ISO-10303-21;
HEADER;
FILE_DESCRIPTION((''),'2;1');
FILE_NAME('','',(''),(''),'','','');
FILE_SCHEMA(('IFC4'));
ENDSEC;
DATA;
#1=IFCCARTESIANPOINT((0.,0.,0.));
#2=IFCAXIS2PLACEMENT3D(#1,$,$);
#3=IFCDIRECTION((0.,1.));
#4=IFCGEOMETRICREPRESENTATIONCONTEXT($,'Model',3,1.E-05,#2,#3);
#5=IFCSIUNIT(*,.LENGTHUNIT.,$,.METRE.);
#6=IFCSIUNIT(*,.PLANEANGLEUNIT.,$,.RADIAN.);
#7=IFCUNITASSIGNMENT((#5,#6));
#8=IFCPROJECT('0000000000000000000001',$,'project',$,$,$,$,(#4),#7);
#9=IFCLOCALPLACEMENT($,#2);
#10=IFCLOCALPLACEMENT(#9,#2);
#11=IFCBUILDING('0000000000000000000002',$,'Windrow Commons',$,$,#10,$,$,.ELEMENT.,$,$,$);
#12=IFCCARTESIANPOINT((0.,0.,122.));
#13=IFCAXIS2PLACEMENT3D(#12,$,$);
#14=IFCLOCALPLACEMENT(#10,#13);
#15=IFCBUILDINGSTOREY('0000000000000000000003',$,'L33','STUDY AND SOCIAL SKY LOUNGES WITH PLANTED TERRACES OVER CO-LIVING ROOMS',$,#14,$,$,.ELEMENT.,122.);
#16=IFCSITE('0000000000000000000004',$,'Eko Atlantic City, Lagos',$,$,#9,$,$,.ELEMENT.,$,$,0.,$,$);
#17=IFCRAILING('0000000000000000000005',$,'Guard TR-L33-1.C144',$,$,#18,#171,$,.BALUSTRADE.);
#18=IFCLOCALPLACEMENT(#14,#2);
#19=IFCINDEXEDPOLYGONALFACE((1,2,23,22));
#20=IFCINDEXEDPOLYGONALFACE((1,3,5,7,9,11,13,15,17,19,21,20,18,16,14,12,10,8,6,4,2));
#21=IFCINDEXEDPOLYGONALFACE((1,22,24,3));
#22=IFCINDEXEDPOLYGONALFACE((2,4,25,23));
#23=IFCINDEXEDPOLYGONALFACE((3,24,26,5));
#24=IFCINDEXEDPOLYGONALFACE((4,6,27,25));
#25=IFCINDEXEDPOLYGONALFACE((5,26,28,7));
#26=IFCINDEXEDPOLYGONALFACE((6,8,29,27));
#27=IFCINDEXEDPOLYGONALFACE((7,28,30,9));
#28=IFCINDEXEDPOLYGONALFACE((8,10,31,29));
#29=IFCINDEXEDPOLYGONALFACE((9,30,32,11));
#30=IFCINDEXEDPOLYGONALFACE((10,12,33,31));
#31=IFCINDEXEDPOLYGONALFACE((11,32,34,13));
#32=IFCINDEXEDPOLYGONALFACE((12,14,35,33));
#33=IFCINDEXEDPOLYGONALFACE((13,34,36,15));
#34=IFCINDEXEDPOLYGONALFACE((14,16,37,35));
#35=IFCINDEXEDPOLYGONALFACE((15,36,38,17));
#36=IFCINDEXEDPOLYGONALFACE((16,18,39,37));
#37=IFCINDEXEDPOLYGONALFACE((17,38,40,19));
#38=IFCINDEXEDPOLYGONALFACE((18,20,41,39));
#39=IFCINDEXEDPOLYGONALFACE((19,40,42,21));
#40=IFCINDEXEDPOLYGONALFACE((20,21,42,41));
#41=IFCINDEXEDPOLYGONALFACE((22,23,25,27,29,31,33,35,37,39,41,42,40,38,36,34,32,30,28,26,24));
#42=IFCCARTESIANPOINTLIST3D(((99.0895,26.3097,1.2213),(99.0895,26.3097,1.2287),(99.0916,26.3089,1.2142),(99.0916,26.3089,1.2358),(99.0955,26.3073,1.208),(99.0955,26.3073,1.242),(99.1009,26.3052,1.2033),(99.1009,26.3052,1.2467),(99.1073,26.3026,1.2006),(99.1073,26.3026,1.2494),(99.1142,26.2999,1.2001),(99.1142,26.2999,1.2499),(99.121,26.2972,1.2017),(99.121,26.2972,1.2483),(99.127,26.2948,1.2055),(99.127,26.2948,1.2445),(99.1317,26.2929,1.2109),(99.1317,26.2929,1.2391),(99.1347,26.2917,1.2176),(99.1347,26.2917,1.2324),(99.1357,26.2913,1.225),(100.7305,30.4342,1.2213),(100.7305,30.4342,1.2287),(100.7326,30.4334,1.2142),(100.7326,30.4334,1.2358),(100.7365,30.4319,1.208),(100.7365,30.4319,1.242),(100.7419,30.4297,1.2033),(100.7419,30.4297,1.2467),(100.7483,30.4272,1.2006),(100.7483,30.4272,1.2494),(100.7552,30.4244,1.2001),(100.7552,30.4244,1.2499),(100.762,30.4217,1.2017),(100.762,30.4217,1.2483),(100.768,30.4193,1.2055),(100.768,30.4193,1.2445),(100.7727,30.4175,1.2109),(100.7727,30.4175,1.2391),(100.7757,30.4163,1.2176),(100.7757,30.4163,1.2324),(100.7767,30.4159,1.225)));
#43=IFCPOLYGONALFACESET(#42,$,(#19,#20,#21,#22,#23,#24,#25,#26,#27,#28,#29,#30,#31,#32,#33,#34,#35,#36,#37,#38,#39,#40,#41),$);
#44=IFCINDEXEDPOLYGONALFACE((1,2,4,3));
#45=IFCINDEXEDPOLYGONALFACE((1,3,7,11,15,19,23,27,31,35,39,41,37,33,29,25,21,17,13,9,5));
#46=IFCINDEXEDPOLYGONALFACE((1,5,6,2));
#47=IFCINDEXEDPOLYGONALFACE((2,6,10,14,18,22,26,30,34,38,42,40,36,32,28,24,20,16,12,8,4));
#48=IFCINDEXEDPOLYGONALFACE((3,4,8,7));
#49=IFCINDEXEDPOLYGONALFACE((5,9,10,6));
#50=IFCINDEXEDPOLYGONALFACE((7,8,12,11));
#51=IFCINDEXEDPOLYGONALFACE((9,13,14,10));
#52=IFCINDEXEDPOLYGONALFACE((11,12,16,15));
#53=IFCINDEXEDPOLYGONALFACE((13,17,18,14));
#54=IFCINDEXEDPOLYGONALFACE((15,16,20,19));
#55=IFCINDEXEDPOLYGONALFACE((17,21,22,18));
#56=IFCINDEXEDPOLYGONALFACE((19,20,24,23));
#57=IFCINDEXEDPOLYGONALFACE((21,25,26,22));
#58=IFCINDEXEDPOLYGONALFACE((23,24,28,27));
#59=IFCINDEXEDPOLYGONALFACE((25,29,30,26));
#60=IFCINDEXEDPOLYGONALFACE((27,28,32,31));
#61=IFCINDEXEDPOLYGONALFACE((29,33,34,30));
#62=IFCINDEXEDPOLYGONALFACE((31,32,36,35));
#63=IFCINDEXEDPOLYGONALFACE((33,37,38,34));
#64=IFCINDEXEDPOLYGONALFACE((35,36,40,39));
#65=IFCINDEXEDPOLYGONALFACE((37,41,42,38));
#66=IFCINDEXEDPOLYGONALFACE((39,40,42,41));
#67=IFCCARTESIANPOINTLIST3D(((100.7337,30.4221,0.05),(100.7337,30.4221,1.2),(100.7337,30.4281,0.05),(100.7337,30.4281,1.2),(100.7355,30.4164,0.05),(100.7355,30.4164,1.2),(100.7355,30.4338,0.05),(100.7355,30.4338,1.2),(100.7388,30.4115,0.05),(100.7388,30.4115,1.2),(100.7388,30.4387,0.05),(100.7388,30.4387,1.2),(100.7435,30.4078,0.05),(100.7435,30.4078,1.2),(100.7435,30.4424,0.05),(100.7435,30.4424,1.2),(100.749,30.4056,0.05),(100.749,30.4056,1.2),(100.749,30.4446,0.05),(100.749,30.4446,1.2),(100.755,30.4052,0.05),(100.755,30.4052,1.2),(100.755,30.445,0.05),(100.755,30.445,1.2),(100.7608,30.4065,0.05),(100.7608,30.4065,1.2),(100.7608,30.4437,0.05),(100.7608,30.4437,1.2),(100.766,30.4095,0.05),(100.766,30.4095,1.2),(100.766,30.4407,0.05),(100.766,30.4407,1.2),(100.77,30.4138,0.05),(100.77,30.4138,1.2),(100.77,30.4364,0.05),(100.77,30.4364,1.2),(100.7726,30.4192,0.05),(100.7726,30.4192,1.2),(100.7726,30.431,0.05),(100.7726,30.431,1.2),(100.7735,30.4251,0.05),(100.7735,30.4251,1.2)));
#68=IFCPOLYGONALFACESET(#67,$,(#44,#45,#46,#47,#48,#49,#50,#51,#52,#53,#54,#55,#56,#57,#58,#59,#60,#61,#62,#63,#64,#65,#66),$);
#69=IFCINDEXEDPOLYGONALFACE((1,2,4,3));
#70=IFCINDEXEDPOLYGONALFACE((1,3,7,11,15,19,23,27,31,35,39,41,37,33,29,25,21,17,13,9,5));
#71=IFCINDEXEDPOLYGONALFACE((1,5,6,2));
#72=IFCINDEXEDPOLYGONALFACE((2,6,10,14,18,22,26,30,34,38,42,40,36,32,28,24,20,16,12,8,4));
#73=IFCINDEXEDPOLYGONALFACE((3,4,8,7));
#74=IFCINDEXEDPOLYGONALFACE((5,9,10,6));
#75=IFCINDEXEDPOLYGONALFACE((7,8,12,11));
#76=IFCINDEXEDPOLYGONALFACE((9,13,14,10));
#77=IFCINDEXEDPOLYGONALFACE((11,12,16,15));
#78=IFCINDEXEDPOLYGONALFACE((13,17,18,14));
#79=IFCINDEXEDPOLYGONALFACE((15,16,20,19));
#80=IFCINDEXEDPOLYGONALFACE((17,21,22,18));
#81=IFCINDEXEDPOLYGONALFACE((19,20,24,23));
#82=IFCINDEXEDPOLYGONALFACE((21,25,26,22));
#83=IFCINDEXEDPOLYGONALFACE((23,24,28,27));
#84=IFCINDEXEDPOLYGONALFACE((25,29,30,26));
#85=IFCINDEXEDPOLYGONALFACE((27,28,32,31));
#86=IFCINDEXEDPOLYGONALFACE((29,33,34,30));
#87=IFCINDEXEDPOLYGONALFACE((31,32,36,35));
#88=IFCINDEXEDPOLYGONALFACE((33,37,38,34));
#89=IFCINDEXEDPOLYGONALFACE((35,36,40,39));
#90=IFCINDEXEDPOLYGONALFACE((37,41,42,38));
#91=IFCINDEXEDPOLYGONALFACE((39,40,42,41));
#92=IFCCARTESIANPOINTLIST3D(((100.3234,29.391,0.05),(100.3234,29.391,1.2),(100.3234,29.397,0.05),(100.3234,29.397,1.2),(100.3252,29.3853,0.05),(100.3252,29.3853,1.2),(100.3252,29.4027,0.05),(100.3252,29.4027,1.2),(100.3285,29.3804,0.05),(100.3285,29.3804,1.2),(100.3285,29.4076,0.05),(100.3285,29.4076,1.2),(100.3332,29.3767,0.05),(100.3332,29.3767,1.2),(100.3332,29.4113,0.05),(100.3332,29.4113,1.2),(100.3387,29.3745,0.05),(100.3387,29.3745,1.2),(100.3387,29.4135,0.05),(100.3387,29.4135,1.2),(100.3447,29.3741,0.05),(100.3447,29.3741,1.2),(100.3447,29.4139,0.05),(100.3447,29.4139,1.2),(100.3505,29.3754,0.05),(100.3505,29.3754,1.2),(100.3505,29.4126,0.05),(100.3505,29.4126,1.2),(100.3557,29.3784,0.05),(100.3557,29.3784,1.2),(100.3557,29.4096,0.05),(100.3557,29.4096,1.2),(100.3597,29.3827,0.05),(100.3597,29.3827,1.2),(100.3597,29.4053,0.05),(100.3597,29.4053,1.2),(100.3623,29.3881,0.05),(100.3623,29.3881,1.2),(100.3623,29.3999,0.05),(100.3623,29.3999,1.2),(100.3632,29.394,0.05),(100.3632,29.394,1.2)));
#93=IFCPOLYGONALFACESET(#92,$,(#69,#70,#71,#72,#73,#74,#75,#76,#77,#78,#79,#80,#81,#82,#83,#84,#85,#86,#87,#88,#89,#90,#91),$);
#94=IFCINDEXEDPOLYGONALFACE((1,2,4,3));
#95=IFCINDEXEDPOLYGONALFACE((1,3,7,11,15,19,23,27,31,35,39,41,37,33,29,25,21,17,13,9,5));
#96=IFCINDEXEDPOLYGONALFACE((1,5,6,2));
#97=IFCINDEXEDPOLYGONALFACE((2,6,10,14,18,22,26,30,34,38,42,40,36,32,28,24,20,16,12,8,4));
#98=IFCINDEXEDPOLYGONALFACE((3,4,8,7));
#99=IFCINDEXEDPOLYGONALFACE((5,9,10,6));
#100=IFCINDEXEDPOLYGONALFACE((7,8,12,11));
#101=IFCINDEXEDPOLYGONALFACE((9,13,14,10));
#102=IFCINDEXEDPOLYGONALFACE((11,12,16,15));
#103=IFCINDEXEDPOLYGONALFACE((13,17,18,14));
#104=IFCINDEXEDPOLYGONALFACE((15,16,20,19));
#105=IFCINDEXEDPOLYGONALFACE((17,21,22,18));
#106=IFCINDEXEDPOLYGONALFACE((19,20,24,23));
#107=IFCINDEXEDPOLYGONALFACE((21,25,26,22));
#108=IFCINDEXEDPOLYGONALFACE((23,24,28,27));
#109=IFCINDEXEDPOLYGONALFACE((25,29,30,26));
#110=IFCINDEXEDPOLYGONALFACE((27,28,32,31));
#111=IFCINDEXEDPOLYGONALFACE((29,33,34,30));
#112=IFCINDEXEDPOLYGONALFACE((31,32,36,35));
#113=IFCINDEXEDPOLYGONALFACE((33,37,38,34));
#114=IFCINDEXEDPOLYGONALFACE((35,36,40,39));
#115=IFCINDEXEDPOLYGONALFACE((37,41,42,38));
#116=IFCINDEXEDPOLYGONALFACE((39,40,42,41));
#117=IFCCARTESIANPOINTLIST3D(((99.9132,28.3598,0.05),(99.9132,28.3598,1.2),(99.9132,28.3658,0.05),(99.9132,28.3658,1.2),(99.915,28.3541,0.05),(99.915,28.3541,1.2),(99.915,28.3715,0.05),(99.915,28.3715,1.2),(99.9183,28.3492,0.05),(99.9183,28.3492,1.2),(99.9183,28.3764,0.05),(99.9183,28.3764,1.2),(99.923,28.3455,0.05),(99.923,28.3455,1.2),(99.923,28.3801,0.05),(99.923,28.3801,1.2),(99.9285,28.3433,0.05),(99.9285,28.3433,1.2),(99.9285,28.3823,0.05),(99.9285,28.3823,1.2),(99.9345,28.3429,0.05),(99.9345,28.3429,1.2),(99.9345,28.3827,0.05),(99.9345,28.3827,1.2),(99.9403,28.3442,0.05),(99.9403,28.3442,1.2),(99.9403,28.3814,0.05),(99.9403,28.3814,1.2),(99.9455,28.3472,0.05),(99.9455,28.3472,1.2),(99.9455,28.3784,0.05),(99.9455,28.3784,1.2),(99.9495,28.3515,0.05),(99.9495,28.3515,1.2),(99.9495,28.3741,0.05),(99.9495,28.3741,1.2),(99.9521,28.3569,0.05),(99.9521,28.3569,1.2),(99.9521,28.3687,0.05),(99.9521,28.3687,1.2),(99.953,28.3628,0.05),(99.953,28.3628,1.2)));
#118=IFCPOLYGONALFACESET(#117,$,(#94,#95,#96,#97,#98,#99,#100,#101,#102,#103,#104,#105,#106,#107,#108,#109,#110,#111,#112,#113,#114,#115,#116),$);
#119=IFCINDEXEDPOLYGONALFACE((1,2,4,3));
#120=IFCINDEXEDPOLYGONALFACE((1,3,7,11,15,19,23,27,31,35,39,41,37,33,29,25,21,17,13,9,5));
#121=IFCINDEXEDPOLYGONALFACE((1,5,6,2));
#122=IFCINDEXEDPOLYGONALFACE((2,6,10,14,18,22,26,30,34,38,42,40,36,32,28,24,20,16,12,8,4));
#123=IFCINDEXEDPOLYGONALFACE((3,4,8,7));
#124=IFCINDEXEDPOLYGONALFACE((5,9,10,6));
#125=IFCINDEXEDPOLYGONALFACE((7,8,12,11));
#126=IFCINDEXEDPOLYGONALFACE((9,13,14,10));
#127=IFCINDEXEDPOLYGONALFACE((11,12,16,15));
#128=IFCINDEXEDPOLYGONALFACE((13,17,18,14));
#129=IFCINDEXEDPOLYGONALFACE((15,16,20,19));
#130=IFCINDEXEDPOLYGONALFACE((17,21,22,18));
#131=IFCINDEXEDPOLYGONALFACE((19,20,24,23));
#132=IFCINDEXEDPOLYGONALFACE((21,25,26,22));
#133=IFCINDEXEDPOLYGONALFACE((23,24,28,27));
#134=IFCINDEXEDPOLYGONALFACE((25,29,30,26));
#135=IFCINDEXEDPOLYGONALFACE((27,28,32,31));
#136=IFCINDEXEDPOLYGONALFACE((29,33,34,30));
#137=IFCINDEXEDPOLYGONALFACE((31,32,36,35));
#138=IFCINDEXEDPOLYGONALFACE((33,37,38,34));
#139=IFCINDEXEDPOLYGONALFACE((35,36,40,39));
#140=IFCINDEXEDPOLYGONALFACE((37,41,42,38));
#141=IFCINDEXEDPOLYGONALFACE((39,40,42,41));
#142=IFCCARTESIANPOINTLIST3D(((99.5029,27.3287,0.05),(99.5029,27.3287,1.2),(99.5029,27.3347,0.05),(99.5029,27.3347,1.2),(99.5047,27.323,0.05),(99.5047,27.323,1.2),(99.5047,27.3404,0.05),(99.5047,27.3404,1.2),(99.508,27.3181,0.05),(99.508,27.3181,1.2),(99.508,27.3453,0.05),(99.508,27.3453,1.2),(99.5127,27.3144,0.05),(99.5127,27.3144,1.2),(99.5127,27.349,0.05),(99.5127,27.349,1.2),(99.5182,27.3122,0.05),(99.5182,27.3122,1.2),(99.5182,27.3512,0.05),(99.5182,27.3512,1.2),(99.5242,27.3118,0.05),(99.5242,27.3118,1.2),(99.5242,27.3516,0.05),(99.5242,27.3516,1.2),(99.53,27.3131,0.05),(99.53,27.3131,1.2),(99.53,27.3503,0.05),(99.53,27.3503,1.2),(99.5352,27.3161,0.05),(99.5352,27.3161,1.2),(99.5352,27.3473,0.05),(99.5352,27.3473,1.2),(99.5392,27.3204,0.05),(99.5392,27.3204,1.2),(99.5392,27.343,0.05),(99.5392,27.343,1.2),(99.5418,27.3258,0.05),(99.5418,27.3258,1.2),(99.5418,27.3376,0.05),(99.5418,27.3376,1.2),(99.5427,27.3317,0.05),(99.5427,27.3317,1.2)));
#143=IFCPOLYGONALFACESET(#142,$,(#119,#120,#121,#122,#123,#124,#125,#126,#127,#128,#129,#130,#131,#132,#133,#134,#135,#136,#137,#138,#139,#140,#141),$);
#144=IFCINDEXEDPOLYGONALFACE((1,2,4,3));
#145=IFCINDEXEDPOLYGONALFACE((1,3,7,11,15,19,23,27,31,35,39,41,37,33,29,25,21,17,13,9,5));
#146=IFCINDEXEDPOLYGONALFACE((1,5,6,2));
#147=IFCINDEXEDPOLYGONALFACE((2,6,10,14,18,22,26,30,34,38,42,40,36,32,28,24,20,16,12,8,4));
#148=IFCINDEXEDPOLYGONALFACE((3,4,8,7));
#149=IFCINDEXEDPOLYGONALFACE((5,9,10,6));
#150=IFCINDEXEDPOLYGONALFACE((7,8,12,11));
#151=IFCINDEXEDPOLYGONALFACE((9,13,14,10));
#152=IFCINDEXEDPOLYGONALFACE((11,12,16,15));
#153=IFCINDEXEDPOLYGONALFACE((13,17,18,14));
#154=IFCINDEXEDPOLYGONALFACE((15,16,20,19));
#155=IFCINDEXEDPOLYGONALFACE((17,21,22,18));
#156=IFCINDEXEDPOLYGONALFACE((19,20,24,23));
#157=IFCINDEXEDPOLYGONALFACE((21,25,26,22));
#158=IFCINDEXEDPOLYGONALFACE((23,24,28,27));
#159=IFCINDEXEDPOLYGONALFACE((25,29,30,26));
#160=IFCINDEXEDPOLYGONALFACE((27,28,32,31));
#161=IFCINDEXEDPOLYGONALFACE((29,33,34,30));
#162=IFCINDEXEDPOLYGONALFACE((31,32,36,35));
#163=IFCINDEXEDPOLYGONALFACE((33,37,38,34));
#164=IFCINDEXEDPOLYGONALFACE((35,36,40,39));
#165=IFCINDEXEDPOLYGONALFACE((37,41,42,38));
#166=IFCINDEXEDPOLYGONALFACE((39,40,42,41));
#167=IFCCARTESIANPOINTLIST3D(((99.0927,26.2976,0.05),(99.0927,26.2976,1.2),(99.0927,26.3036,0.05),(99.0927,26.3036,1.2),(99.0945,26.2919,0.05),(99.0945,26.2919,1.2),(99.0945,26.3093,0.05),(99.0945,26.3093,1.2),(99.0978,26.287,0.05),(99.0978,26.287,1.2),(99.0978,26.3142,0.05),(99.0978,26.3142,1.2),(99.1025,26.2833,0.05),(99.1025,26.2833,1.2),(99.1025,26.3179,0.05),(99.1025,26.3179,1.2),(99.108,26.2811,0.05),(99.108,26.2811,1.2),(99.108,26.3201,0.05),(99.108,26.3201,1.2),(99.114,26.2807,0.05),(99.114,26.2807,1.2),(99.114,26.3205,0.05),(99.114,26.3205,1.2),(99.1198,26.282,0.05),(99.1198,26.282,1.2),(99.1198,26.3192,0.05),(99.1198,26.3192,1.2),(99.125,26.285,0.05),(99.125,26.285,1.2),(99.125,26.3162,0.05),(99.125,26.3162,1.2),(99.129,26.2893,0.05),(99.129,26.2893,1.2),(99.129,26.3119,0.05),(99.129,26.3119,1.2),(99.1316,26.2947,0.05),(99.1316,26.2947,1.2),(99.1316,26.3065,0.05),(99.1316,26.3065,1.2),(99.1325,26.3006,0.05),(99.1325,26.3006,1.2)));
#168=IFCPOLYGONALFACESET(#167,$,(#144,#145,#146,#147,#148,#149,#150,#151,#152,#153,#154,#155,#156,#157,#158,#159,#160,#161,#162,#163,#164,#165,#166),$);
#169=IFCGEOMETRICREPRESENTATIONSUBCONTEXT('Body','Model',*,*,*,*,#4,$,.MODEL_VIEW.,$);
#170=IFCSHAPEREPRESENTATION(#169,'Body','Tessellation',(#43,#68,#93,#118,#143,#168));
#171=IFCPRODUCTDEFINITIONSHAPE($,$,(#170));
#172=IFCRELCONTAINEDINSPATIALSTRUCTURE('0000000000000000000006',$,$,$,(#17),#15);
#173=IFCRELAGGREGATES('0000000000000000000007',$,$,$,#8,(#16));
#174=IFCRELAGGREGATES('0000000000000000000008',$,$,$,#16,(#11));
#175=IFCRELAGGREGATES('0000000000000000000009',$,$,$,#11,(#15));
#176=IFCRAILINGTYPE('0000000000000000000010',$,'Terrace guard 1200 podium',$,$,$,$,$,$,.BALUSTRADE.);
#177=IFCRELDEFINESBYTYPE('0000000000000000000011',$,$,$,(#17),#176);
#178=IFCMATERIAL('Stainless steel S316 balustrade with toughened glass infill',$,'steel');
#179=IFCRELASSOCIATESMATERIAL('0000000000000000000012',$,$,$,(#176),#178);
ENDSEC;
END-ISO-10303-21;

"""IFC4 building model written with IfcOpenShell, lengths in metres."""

from ifc_helpers import new_model, si_unit, direction, frame, origin, origin_2d, place, context, subcontext, project, spatial, circle, extrude, material, type_object, element, save


model = new_model("IFC4")

# Units and contexts
model_context = context("Model", 3, precision=1e-05, world=origin(), true_north=direction((0.0, 1.0)))
body_context = subcontext(model_context, "Body", "Model", "MODEL_VIEW")
ifc_project = project(units=[si_unit("LENGTHUNIT", "METRE"), si_unit("PLANEANGLEUNIT", "RADIAN")], contexts=[model_context])

# Site, building, storey
site_placement = place(None, origin())
site = spatial("IfcSite", under=ifc_project, at=site_placement, Name="Eko Atlantic City, Lagos", CompositionType="ELEMENT", RefElevation=0.0)
building_placement = place(site_placement, origin())
building = spatial("IfcBuilding", under=site, at=building_placement, Name="Windrow Commons", CompositionType="ELEMENT")
storey_placement = place(building_placement, frame((0.0, 0.0, 122.0)))
storey = spatial("IfcBuildingStorey", under=building, at=storey_placement, Name="L33", Description="STUDY AND SOCIAL SKY LOUNGES WITH PLANTED TERRACES OVER CO-LIVING ROOMS", CompositionType="ELEMENT", Elevation=122.0)

# Railing
ifc_material_1 = material(Name="Stainless steel S316 balustrade with toughened glass infill", Category="steel")
railing_type = type_object("IfcRailingType", Name="Terrace guard 1200 podium", PredefinedType="BALUSTRADE", material=ifc_material_1)
railing_1_placement = place(storey_placement, frame((100.7535, 30.4251, 0.05)))
element("IfcRailing", 1, at=railing_1_placement, inside=storey, type_object=railing_type, Name="Guard TR-L33-1.C144", PredefinedType="BALUSTRADE", context=body_context, shape_type="SweptSolid", body=[
    extrude(circle(Radius=0.025, at=origin_2d()), frame((0.0, 0.0, 1.175), z_axis=(-0.369681, -0.929159, 0.0), x_axis=(0.929159, -0.369681, 0.0)), (0.0, 0.0, 1.0), 4.439),
    extrude(circle(Radius=0.02, at=origin_2d()), origin(), (0.0, 0.0, 1.0), 1.15),
    extrude(circle(Radius=0.02, at=origin_2d()), frame((-0.4103, -1.0311, 0.0)), (0.0, 0.0, 1.0), 1.15),
    extrude(circle(Radius=0.02, at=origin_2d()), frame((-0.8205, -2.0623, 0.0)), (0.0, 0.0, 1.0), 1.15),
    extrude(circle(Radius=0.02, at=origin_2d()), frame((-1.2308, -3.0934, 0.0)), (0.0, 0.0, 1.0), 1.15),
    extrude(circle(Radius=0.02, at=origin_2d()), frame((-1.641, -4.1245, 0.0)), (0.0, 0.0, 1.0), 1.15),
])

save(model, "model.ifc")
